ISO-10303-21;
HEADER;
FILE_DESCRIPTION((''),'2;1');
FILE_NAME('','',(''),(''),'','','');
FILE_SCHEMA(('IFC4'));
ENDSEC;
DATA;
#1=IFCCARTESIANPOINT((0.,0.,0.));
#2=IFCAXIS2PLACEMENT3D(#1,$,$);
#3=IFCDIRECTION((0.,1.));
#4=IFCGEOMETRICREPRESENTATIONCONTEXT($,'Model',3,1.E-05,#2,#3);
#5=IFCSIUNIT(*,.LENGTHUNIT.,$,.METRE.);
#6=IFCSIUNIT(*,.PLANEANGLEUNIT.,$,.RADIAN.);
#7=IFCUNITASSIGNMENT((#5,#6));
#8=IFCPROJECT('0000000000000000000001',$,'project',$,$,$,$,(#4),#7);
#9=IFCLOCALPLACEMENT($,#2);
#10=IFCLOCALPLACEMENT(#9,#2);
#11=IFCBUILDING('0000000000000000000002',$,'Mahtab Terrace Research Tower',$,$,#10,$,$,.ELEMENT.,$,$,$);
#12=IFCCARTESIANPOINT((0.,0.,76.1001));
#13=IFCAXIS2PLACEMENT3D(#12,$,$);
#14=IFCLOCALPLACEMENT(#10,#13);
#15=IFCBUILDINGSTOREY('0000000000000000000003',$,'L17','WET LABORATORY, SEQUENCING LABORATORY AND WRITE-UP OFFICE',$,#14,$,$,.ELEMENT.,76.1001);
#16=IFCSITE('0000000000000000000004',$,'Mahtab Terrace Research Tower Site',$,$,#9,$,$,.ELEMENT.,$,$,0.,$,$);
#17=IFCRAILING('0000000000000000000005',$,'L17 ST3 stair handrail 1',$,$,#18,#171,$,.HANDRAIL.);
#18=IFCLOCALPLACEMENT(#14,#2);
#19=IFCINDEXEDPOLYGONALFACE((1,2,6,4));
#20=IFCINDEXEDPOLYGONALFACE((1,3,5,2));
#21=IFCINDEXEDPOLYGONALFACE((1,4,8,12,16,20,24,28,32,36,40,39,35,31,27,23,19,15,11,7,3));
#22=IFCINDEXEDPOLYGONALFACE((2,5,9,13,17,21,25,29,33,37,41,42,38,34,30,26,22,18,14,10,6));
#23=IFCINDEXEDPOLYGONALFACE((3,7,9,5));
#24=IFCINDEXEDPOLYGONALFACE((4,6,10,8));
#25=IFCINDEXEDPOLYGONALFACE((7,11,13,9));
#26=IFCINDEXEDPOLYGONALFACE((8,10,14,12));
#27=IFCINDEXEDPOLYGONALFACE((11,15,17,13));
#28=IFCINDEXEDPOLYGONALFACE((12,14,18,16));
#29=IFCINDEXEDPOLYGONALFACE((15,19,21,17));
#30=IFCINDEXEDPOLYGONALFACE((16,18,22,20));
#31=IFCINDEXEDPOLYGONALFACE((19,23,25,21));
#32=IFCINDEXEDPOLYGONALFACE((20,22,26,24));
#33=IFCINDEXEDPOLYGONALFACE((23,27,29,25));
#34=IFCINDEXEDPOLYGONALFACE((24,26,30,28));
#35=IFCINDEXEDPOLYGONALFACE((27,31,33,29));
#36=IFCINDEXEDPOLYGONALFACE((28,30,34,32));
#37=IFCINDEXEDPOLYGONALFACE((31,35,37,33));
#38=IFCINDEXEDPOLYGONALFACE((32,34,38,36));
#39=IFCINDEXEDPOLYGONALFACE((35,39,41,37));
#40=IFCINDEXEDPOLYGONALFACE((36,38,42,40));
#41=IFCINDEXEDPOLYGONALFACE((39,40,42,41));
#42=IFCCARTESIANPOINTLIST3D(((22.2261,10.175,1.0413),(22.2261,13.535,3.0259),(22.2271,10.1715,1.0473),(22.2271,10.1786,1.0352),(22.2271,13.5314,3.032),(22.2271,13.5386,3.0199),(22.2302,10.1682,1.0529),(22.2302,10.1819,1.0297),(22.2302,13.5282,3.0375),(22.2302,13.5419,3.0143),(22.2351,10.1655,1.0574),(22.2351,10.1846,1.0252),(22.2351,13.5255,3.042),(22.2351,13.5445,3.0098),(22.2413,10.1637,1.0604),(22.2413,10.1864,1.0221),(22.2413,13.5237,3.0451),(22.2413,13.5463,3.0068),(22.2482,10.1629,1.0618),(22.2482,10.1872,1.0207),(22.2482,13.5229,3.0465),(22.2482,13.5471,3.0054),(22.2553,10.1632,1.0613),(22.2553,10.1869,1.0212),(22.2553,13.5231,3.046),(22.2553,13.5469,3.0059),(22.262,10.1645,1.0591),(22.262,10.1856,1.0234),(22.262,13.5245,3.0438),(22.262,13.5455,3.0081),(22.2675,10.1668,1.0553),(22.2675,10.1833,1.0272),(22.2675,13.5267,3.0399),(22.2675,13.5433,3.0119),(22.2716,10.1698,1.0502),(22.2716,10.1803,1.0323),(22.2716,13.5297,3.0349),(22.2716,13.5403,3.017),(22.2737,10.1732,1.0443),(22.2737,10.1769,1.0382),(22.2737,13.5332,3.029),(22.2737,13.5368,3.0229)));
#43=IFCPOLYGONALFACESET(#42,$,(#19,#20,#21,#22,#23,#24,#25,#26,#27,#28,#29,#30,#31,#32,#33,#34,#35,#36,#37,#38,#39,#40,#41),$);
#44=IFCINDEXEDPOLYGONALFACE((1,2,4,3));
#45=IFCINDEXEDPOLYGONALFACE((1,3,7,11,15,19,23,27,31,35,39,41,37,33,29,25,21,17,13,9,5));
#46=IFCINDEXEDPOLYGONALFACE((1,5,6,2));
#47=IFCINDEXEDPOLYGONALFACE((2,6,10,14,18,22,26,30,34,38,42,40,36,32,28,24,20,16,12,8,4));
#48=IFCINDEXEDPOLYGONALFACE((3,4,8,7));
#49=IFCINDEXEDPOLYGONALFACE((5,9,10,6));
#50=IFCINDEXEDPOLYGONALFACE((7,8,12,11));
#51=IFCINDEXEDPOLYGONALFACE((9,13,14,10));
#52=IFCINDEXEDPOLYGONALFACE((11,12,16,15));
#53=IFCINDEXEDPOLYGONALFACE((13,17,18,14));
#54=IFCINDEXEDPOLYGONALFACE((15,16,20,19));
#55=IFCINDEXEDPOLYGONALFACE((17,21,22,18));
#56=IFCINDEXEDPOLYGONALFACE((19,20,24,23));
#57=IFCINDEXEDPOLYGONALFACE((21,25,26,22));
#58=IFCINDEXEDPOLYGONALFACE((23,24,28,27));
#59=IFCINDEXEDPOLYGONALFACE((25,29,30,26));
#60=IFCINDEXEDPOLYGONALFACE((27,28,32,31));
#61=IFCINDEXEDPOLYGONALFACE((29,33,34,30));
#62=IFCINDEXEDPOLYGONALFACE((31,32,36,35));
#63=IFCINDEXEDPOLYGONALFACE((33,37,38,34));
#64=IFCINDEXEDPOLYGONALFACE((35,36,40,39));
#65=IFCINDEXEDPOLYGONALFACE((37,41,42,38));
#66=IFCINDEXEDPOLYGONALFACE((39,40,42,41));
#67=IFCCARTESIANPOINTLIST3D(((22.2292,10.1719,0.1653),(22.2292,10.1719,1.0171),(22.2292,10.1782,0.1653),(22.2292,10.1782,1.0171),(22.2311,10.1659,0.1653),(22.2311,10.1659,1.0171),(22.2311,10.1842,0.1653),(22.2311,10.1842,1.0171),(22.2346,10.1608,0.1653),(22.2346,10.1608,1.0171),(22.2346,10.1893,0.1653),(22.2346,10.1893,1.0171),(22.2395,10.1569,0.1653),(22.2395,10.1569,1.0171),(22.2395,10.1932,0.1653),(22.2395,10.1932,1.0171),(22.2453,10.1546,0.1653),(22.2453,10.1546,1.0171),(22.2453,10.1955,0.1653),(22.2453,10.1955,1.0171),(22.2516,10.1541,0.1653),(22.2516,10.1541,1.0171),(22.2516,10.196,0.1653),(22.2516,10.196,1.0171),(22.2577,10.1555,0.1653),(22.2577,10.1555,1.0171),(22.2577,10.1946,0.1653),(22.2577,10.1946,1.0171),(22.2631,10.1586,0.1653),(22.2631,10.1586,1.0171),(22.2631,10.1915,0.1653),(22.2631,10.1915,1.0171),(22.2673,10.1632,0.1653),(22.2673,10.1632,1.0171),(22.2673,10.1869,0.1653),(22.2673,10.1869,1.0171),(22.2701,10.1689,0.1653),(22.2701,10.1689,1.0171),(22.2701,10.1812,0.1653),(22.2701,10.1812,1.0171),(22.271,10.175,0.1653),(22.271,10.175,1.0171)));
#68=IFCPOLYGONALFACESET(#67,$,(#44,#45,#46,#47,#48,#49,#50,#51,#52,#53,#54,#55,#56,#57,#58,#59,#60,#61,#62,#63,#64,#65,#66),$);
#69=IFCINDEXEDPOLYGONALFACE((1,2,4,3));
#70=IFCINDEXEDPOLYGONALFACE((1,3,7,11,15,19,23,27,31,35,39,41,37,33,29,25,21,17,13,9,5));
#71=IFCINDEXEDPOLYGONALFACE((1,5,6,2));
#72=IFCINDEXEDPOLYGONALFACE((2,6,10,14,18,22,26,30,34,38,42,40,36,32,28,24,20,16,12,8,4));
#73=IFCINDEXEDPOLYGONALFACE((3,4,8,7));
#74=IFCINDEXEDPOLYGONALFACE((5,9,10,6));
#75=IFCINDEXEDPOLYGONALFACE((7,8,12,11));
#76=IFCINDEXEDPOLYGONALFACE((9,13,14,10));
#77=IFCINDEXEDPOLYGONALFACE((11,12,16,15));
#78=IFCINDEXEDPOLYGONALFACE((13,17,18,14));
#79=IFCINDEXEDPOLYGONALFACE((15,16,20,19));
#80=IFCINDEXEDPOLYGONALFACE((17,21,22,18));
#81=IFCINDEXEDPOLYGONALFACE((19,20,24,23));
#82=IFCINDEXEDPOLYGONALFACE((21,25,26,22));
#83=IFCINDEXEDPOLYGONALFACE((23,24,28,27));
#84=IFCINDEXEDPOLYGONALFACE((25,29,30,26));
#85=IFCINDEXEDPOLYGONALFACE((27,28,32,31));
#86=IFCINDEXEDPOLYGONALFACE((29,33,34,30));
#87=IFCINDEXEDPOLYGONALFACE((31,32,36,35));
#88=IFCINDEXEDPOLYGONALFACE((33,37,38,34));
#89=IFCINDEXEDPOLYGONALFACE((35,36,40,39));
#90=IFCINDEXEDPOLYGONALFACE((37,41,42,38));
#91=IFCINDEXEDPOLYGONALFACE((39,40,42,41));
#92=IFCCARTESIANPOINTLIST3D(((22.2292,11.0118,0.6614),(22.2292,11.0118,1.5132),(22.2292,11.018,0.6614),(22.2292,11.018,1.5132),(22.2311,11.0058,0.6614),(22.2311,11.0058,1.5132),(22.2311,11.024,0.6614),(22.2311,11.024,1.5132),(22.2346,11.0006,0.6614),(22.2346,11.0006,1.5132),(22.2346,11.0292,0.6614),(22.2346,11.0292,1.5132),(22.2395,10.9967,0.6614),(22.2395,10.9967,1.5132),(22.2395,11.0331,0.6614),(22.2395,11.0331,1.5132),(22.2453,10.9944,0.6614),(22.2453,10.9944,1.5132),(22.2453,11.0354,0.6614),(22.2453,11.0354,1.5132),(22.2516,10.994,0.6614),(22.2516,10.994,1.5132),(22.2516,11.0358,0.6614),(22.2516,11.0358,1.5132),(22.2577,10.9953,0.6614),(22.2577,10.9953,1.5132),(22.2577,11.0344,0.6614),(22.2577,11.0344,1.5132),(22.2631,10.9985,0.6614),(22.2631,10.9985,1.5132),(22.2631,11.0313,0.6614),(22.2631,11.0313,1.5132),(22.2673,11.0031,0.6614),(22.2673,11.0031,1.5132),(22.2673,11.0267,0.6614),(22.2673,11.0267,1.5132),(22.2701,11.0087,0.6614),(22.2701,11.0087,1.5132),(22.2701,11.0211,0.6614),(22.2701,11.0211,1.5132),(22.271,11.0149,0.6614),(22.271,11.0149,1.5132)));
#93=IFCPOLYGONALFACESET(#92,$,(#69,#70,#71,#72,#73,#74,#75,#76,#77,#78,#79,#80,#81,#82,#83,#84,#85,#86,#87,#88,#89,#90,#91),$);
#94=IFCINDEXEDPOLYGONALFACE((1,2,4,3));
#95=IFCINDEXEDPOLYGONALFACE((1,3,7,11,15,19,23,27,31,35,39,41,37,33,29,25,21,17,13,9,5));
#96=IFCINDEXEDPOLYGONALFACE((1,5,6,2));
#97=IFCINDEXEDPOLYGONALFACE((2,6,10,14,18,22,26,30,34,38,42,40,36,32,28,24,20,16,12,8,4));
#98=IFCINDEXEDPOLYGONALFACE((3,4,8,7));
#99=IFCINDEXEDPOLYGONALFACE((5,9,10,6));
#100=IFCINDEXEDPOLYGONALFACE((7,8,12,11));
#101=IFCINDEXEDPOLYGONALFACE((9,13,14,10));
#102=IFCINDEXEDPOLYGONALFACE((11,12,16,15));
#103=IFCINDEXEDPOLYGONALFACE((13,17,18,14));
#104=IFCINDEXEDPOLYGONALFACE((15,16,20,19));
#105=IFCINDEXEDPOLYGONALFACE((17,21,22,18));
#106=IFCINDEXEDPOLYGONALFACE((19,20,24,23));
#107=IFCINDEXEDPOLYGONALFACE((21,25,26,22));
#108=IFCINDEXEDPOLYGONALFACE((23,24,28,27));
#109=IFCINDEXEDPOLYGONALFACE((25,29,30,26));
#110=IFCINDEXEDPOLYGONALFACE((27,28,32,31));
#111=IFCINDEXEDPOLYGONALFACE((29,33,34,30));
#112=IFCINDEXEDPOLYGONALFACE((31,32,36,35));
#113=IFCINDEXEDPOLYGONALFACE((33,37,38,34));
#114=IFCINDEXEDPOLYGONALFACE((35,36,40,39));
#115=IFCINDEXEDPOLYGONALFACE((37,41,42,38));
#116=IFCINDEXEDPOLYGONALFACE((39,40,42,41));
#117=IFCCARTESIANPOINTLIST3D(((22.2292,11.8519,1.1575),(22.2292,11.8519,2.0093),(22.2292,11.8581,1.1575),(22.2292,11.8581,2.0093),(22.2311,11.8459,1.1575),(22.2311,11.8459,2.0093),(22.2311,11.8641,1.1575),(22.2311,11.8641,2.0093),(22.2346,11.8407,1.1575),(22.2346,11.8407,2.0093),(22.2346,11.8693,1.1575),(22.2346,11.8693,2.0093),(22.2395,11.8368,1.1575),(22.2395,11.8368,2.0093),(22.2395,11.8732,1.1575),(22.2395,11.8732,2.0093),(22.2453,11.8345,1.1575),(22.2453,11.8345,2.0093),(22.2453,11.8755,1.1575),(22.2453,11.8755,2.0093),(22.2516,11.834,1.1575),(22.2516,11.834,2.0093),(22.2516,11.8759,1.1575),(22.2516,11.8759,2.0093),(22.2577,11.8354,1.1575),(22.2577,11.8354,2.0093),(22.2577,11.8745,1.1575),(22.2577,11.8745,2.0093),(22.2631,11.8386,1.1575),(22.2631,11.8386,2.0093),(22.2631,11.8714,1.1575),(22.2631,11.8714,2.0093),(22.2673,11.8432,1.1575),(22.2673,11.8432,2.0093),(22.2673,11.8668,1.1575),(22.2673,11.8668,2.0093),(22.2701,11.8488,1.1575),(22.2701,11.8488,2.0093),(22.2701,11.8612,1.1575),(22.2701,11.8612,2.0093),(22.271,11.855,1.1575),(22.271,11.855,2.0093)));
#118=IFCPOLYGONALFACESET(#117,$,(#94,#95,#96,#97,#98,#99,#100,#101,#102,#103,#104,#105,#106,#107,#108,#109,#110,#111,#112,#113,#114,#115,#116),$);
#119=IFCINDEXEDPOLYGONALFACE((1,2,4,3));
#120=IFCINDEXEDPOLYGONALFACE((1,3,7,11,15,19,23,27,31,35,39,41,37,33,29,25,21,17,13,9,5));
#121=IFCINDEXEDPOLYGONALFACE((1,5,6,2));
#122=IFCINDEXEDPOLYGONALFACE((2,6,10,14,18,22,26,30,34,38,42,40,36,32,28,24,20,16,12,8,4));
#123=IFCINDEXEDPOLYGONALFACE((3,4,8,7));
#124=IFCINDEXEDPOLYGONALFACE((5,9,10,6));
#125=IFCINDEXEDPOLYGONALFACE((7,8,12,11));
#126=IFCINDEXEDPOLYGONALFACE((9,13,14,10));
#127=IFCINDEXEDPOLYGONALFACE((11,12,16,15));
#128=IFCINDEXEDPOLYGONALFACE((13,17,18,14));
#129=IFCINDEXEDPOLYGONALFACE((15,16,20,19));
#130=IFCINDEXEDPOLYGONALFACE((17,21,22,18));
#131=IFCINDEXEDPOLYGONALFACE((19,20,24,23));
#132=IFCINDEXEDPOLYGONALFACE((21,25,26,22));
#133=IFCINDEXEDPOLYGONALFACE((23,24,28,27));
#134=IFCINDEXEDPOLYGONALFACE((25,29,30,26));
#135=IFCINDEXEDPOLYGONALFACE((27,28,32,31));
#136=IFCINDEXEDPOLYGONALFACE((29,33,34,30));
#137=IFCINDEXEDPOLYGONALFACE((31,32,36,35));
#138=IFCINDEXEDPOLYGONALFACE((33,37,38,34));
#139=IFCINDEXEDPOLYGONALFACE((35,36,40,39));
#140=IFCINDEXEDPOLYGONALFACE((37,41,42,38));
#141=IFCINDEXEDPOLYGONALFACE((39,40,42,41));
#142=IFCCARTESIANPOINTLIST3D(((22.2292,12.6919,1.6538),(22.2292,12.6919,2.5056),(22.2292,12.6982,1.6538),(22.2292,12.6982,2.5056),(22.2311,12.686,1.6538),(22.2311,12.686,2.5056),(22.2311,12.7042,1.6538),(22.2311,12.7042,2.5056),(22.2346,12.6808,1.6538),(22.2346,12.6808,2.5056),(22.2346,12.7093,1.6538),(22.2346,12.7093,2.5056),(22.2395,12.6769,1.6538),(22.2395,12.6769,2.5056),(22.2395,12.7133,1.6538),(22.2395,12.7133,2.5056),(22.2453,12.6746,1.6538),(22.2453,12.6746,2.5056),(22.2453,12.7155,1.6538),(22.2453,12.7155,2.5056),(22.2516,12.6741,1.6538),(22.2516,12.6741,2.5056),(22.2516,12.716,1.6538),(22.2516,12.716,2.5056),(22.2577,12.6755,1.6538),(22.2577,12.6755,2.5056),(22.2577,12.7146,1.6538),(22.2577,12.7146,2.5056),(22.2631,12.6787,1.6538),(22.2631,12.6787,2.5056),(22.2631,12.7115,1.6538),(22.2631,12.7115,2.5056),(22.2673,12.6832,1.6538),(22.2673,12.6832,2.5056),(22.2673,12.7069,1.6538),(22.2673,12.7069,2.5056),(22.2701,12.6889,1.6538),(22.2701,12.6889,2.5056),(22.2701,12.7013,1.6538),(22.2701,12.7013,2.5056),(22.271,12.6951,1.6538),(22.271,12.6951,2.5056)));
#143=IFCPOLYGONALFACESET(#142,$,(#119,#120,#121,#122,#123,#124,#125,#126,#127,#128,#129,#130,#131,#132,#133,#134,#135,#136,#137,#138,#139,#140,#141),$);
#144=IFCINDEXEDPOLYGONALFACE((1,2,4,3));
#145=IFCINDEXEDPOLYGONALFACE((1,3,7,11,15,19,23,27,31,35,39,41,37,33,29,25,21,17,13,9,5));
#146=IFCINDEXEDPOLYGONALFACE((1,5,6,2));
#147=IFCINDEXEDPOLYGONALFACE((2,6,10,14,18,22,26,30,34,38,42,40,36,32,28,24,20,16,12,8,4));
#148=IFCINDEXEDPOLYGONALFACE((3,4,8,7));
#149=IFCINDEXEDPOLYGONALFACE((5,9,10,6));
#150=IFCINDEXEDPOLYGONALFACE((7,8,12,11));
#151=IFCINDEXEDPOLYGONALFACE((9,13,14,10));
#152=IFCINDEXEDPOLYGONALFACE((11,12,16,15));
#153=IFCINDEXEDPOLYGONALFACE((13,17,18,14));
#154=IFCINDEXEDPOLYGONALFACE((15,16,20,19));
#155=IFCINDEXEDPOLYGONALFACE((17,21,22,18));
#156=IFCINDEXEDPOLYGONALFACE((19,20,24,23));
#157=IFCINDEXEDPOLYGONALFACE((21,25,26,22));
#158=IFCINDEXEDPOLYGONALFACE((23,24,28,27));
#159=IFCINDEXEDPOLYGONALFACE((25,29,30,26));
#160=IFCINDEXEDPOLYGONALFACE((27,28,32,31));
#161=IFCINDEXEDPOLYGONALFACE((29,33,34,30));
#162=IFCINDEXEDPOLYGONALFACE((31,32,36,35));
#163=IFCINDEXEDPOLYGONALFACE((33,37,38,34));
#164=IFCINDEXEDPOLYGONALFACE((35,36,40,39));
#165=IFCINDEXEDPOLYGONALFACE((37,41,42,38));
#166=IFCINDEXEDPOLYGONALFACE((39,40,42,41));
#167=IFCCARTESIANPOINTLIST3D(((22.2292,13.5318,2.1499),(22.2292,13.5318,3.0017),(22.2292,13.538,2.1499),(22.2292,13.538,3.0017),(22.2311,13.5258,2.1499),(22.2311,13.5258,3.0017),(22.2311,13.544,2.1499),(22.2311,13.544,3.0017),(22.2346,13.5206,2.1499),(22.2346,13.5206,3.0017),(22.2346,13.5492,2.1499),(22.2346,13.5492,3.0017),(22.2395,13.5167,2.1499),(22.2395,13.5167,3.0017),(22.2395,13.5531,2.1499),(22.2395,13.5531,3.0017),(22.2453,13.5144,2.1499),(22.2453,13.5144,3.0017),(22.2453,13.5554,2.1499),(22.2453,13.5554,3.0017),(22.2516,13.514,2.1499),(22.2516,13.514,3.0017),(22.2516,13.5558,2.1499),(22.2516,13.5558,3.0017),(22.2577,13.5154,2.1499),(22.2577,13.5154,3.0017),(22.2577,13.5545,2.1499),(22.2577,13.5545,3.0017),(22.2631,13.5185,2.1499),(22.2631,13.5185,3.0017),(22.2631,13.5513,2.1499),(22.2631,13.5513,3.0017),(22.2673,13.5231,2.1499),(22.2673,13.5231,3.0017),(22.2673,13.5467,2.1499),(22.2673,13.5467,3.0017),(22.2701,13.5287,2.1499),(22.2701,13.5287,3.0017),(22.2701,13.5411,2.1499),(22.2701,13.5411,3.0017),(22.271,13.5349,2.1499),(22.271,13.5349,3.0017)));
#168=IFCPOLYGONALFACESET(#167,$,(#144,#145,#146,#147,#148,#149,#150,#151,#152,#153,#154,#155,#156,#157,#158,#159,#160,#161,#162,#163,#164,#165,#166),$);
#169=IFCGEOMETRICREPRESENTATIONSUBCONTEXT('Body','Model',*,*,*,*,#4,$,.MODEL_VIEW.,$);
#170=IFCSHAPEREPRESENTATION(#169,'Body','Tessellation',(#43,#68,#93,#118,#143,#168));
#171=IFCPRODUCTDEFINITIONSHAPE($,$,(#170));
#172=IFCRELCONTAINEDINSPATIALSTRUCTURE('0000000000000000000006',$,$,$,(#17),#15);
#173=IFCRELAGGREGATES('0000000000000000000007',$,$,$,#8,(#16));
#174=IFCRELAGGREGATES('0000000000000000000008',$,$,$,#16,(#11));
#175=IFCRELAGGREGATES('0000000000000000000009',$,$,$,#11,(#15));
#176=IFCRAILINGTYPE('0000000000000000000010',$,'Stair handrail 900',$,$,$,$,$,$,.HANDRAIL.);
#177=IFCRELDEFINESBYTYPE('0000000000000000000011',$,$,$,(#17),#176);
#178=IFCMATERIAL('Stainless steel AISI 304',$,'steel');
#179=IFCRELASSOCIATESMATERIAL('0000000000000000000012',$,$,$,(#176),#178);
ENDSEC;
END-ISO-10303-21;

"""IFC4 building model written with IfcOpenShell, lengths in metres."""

from ifc_helpers import new_model, si_unit, direction, frame, origin, origin_2d, place, context, subcontext, project, spatial, circle, extrude, material, type_object, element, save


model = new_model("IFC4")

# Units and contexts
model_context = context("Model", 3, precision=1e-05, world=origin(), true_north=direction((0.0, 1.0)))
body_context = subcontext(model_context, "Body", "Model", "MODEL_VIEW")
ifc_project = project(units=[si_unit("LENGTHUNIT", "METRE"), si_unit("PLANEANGLEUNIT", "RADIAN")], contexts=[model_context])

# Site, building, storey
site_placement = place(None, origin())
site = spatial("IfcSite", under=ifc_project, at=site_placement, Name="Mahtab Terrace Research Tower Site", CompositionType="ELEMENT", RefElevation=0.0)
building_placement = place(site_placement, origin())
building = spatial("IfcBuilding", under=site, at=building_placement, Name="Mahtab Terrace Research Tower", CompositionType="ELEMENT")
storey_placement = place(building_placement, frame((0.0, 0.0, 76.1001)))
storey = spatial("IfcBuildingStorey", under=building, at=storey_placement, Name="L17", Description="WET LABORATORY, SEQUENCING LABORATORY AND WRITE-UP OFFICE", CompositionType="ELEMENT", Elevation=76.1001)

# Railing
ifc_material_1 = material(Name="Stainless steel AISI 304", Category="steel")
railing_type_1 = type_object("IfcRailingType", Name="Stair handrail 900", PredefinedType="HANDRAIL", material=ifc_material_1)
railing_1_placement = place(storey_placement, frame((22.25, 10.175, 0.1653)))
element("IfcRailing", 1, at=railing_1_placement, inside=storey, type_object=railing_type_1, Name="L17 ST3 stair handrail 1", PredefinedType="HANDRAIL", context=body_context, shape_type="SweptSolid", body=[
    extrude(circle(Radius=0.0239, at=origin_2d()), frame((0.0, 0.0, 0.876), z_axis=(0.0, 0.861011, 0.508586), x_axis=(-1.0, 0.0, 0.0)), (0.0, 0.0, 1.0), 3.9023),
    extrude(circle(Radius=0.021, at=origin_2d()), origin(), (0.0, 0.0, 1.0), 0.8518),
    extrude(circle(Radius=0.021, at=origin_2d()), frame((0.0, 0.8398, 0.4961)), (0.0, 0.0, 1.0), 0.8518),
    extrude(circle(Radius=0.021, at=origin_2d()), frame((0.0, 1.6799, 0.9922)), (0.0, 0.0, 1.0), 0.8518),
    extrude(circle(Radius=0.021, at=origin_2d()), frame((0.0, 2.52, 1.4885)), (0.0, 0.0, 1.0), 0.8518),
    extrude(circle(Radius=0.021, at=origin_2d()), frame((0.0, 3.3599, 1.9846)), (0.0, 0.0, 1.0), 0.8518),
])

save(model, "model.ifc")
